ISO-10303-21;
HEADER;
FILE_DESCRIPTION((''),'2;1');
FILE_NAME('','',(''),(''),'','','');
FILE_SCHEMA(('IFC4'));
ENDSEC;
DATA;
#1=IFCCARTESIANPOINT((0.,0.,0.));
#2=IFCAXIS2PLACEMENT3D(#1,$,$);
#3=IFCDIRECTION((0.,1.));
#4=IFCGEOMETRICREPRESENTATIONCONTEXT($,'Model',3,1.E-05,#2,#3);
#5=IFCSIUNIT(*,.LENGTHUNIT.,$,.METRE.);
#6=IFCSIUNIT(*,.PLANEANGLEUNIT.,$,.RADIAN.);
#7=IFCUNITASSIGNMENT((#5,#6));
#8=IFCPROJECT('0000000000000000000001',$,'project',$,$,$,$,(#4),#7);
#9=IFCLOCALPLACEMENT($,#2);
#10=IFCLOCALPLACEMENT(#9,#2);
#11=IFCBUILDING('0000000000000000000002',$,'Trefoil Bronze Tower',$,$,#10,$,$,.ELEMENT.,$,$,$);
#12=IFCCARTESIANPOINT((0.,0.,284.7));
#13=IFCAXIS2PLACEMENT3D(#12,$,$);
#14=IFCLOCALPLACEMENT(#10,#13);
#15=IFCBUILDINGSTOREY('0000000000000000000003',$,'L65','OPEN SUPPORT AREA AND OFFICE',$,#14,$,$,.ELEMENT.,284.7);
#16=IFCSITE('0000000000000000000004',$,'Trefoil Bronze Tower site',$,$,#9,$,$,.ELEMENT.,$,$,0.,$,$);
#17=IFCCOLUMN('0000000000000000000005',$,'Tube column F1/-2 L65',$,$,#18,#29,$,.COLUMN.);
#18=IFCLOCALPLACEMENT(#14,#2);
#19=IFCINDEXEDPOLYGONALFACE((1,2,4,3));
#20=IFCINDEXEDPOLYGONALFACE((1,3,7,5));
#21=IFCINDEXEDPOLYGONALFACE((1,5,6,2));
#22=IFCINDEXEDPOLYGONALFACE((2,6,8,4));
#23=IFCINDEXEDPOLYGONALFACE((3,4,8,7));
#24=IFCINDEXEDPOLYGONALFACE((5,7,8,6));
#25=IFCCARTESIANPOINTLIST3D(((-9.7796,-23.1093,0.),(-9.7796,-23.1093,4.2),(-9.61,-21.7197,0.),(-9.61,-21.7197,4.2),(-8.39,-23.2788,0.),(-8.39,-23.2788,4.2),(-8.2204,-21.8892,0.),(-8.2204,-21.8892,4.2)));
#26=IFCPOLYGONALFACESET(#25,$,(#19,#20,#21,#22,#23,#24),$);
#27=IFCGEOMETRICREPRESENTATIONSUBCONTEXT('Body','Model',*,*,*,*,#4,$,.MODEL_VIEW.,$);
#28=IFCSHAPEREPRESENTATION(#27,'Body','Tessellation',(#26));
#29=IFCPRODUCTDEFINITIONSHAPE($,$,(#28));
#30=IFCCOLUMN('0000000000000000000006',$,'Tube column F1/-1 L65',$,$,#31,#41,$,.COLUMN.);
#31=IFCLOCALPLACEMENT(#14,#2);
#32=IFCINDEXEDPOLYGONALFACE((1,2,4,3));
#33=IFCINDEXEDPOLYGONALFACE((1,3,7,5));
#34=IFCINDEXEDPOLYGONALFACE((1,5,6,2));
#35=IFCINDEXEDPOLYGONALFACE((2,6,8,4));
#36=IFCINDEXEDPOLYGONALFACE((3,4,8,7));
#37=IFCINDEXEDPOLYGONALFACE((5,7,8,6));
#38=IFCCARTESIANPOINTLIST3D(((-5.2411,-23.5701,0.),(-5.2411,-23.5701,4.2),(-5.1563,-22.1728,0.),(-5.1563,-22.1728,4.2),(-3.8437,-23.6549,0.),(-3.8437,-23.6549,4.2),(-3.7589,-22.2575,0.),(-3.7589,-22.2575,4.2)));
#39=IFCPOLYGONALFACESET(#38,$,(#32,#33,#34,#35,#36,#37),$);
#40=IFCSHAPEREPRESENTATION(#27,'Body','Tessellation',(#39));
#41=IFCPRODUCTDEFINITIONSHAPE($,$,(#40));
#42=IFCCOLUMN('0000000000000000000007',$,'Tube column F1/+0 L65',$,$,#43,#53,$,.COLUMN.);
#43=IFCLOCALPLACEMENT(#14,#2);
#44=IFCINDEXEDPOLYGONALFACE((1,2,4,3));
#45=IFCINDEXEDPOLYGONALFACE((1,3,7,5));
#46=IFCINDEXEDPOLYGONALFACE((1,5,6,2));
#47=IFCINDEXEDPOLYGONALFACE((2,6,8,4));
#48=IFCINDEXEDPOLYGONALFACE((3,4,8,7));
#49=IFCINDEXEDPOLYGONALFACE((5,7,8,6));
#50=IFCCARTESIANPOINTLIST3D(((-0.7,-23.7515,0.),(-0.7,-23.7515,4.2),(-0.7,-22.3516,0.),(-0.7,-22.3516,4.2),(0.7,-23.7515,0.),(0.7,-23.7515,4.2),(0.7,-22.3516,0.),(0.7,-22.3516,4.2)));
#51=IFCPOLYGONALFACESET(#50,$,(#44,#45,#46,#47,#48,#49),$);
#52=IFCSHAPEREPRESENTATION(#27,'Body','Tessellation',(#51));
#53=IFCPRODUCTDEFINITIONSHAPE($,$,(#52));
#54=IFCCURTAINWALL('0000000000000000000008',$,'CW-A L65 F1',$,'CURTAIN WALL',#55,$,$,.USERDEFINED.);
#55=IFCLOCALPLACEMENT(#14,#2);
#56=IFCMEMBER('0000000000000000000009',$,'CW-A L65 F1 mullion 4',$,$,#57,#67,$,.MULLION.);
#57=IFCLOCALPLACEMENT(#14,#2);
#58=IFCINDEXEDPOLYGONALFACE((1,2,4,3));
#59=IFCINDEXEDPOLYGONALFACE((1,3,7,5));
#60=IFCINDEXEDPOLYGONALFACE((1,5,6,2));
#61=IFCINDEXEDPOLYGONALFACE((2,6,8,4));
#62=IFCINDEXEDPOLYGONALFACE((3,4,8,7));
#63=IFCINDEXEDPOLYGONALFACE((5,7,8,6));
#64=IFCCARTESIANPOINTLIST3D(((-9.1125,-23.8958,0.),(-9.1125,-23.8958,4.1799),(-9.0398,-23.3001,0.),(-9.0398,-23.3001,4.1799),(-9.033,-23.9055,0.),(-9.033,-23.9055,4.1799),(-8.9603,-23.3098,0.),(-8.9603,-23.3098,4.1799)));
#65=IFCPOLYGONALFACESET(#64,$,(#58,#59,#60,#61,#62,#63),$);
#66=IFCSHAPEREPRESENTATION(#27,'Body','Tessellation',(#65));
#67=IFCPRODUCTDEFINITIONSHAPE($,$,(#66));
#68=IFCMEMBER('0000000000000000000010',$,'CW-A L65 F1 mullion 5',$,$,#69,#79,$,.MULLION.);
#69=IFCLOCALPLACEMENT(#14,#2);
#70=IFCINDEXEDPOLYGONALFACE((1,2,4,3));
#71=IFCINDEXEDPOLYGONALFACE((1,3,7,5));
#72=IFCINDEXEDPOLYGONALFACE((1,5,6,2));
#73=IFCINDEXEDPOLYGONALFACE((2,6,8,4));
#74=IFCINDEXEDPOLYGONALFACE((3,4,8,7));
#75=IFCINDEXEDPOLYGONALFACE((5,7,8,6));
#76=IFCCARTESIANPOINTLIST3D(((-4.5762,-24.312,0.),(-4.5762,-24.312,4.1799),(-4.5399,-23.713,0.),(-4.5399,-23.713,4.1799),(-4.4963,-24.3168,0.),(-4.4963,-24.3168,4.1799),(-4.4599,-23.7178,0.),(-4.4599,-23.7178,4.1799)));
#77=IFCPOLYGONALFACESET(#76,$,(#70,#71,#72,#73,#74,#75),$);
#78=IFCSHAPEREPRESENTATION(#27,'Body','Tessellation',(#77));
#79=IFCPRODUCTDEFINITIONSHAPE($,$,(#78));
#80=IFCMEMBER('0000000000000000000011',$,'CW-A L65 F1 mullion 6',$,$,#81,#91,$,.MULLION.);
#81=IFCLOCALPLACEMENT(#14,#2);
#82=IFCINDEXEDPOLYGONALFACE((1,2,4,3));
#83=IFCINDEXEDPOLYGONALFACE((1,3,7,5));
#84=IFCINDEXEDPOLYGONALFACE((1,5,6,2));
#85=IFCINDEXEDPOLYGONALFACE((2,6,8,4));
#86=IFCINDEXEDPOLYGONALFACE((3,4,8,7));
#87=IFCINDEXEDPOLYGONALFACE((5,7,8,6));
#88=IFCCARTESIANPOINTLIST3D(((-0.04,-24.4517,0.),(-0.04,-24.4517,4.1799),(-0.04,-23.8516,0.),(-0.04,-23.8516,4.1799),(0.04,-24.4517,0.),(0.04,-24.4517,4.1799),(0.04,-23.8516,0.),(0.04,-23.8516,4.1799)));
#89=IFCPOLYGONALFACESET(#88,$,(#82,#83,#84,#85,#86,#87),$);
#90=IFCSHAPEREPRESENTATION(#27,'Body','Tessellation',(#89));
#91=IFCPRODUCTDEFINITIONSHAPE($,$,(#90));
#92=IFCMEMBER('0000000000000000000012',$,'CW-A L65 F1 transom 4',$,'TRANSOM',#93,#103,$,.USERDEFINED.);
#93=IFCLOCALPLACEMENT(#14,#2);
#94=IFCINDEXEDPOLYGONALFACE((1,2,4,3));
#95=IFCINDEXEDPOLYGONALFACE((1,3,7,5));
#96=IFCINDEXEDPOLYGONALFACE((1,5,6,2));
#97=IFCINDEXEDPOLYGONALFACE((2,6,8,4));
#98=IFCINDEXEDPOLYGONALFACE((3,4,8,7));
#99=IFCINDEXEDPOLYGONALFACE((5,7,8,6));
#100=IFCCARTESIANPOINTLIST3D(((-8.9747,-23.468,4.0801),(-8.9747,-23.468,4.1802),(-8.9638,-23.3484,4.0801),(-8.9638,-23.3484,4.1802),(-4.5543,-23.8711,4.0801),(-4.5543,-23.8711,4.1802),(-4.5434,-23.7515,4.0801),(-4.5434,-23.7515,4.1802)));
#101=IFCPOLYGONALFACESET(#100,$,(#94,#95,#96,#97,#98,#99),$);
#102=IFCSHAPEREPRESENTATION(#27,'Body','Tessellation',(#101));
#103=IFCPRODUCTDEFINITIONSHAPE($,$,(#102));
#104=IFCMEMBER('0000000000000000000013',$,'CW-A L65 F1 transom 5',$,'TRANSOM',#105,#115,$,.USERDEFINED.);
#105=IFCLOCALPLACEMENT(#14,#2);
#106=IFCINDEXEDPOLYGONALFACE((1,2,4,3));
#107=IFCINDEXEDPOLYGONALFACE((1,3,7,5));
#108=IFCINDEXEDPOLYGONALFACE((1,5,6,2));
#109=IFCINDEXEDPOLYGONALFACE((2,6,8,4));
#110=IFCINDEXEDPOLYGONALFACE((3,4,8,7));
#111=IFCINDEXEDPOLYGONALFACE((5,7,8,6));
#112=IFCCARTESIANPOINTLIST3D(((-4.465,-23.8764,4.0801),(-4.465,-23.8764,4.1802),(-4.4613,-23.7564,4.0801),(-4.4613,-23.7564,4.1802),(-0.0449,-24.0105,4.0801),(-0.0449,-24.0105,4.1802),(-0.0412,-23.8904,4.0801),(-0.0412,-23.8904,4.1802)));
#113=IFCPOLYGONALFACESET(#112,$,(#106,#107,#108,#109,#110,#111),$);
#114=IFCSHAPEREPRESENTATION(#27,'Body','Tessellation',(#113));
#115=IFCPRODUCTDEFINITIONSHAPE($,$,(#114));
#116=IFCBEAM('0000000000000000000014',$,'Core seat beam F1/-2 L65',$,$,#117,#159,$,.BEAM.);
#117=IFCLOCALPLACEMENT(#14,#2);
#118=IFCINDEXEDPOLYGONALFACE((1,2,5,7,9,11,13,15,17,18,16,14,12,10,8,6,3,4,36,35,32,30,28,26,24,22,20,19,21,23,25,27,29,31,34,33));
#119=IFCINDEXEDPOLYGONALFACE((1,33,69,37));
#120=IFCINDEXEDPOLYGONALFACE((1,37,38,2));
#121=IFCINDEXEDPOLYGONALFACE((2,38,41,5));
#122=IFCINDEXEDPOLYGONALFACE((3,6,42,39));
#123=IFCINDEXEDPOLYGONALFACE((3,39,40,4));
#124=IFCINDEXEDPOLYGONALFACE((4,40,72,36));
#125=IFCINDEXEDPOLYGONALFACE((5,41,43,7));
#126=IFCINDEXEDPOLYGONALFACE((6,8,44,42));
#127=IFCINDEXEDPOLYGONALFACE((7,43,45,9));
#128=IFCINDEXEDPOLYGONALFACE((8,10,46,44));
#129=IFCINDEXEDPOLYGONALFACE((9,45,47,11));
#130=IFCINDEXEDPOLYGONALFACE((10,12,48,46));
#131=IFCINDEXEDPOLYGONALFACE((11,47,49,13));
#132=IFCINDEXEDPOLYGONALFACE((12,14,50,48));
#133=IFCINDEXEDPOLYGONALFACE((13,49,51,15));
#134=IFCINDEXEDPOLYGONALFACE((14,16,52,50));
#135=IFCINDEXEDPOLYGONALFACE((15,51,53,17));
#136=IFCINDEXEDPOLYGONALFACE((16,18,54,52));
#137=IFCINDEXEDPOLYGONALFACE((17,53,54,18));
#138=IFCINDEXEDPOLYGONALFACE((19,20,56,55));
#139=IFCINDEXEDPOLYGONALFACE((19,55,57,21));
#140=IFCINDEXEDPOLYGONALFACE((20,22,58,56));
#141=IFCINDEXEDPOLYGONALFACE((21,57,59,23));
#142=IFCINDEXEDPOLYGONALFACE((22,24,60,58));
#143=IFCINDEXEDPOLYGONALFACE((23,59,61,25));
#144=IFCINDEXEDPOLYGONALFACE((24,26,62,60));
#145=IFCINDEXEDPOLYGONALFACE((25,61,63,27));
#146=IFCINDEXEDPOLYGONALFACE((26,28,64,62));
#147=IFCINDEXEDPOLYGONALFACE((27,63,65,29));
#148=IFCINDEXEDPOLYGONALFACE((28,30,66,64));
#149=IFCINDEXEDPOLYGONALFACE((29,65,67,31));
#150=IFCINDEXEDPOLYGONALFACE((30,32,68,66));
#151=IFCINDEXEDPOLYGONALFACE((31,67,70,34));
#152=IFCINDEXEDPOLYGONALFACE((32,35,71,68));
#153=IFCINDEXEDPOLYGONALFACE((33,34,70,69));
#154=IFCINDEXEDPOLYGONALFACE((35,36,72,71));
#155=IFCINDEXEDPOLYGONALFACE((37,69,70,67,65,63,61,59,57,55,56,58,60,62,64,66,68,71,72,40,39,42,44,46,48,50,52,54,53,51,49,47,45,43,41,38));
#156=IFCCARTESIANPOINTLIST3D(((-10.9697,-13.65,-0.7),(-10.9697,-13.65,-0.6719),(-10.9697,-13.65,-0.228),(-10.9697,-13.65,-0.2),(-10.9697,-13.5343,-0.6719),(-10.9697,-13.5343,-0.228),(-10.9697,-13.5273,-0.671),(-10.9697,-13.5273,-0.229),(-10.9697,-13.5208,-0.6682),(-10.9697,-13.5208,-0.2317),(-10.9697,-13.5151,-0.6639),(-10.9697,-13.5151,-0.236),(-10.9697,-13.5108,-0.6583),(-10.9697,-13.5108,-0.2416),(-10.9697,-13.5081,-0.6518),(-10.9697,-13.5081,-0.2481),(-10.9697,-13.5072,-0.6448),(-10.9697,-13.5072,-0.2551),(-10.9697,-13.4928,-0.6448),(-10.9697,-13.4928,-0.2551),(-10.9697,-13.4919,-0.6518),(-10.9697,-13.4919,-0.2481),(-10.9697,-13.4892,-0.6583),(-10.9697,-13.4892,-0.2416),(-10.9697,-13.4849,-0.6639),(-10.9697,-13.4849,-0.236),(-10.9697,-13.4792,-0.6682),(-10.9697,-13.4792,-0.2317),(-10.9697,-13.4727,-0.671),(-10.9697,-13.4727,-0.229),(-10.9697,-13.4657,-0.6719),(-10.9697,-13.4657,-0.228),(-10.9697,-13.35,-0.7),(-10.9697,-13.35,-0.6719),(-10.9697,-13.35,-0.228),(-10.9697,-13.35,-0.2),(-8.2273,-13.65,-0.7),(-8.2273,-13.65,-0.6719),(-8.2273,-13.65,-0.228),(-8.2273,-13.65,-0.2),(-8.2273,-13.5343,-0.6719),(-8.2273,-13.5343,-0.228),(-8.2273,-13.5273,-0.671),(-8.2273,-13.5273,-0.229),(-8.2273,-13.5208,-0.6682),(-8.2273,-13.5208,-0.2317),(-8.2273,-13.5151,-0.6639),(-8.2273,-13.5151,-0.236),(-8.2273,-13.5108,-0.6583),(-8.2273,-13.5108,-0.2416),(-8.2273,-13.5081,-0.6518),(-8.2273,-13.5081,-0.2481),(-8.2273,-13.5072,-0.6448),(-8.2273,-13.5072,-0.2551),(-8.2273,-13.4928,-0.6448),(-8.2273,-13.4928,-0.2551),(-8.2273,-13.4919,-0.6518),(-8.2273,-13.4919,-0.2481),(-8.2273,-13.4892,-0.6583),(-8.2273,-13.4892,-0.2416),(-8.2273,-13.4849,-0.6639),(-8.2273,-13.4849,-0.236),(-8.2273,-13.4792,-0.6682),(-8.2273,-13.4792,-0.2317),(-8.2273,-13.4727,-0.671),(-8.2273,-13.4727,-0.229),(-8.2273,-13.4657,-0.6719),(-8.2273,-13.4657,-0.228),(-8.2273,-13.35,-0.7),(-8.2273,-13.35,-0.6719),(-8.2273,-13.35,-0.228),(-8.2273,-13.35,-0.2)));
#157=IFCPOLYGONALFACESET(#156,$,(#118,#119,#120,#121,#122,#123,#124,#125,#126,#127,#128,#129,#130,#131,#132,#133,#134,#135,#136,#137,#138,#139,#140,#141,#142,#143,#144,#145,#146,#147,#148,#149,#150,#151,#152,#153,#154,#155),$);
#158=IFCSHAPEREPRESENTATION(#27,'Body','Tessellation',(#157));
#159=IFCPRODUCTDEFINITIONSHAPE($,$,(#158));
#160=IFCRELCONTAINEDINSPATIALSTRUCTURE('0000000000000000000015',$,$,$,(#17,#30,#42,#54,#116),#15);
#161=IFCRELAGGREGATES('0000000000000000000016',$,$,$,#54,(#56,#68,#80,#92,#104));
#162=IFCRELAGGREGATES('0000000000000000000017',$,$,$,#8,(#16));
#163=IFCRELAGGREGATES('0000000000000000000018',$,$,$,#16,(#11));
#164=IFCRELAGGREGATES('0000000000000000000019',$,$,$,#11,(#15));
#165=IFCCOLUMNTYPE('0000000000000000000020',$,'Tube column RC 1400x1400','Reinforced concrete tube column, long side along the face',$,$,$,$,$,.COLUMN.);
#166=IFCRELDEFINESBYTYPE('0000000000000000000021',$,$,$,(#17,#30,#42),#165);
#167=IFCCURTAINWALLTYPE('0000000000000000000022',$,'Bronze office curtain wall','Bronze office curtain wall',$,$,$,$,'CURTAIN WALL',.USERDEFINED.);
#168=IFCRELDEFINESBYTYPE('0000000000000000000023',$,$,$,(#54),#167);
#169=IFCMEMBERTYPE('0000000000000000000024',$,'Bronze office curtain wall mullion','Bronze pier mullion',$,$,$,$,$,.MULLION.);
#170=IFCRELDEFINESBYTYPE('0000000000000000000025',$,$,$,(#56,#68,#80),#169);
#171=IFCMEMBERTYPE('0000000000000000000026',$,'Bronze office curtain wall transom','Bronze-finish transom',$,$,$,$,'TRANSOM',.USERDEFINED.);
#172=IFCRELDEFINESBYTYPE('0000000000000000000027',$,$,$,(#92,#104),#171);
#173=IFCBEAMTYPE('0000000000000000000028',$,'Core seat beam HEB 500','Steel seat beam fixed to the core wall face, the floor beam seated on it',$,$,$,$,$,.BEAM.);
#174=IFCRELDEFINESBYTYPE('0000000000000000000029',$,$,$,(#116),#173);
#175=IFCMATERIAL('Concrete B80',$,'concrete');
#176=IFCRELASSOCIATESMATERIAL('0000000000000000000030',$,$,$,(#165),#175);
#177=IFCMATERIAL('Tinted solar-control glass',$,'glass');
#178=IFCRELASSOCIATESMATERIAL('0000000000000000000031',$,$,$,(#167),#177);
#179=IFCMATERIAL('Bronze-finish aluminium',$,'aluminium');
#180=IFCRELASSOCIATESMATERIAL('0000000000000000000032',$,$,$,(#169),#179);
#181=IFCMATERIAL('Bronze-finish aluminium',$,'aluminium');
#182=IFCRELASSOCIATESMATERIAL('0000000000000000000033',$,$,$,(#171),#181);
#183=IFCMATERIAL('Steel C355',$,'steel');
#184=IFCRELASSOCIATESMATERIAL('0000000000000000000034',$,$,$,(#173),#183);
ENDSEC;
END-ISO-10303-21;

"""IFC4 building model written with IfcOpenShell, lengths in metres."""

from ifc_helpers import new_model, si_unit, direction, frame, origin, origin_2d, place, context, subcontext, project, spatial, rectangle, i_section, extrude, material, material_profile, profile_set, type_object, element, aggregate, save


model = new_model("IFC4")

# Units and contexts
model_context = context("Model", 3, precision=1e-05, world=origin(), true_north=direction((0.0, 1.0)))
body_context = subcontext(model_context, "Body", "Model", "MODEL_VIEW")
ifc_project = project(units=[si_unit("LENGTHUNIT", "METRE"), si_unit("PLANEANGLEUNIT", "RADIAN")], contexts=[model_context])

# Site, building, storey
site_placement = place(None, origin())
site = spatial("IfcSite", under=ifc_project, at=site_placement, Name="Trefoil Bronze Tower site", CompositionType="ELEMENT", RefElevation=0.0)
building_placement = place(site_placement, origin())
building = spatial("IfcBuilding", under=site, at=building_placement, Name="Trefoil Bronze Tower", CompositionType="ELEMENT")
storey_placement = place(building_placement, frame((0.0, 0.0, 284.7)))
storey = spatial("IfcBuildingStorey", under=building, at=storey_placement, Name="L65", Description="OPEN SUPPORT AREA AND OFFICE", CompositionType="ELEMENT", Elevation=284.7)

# Columns
ifc_material_1 = material(Name="Concrete B80", Category="concrete")
ifc_material_profile_1 = material_profile(ifc_material_1, rectangle(XDim=1.3999, YDim=1.3999, at=origin_2d()), Name="RC 1400x1400")
ifc_profile_set_1 = profile_set([ifc_material_profile_1], Name="Concrete B80")
column_type = type_object("IfcColumnType", Name="Tube column RC 1400x1400", Description="Reinforced concrete tube column, long side along the face", PredefinedType="COLUMN", material=ifc_profile_set_1)
for number, where, z_axis, x_axis, name in (
    (1, (-9.0, -22.4993, 0.0), (0.0, 0.0, 1.0), (0.992639, -0.121109, 0.0), "Tube column F1/-2 L65"),
    (2, (-4.5, -22.9138, 0.0), (0.0, 0.0, 1.0), (0.998165, -0.060554, 0.0), "Tube column F1/-1 L65"),
    (3, (0.0, -23.0515, 0.0), (0.0, 0.0, 1.0), (1.0, 0.0, 0.0), "Tube column F1/+0 L65"),
):
    element("IfcColumn", number, at=place(storey_placement, frame(where, z_axis=z_axis, x_axis=x_axis)), inside=storey, type_object=column_type, Name=name, PredefinedType="COLUMN", context=body_context, shape_type="SweptSolid", body=[
        extrude(rectangle(XDim=1.3999, YDim=1.3999, at=origin_2d()), origin(), (0.0, 0.0, 1.0), 4.2),
    ])

# Curtain wall, members
ifc_material_2 = material(Name="Tinted solar-control glass", Category="glass")
curtain_wall_type = type_object("IfcCurtainWallType", Name="Bronze office curtain wall", Description="Bronze office curtain wall", ElementType="CURTAIN WALL", PredefinedType="USERDEFINED", material=ifc_material_2)
curtain_wall_placement = place(storey_placement, origin())
curtain_wall = element("IfcCurtainWall", 4, at=curtain_wall_placement, inside=storey, type_object=curtain_wall_type, Name="CW-A L65 F1", ObjectType="CURTAIN WALL", PredefinedType="USERDEFINED")
ifc_material_3 = material(Name="Bronze-finish aluminium", Category="aluminium")
ifc_material_profile_2 = material_profile(ifc_material_3, rectangle(XDim=0.6001, YDim=0.0801, at=origin_2d()), Name="CW-A mullion")
ifc_profile_set_2 = profile_set([ifc_material_profile_2], Name="Bronze-finish aluminium")
member_type_1 = type_object("IfcMemberType", Name="Bronze office curtain wall mullion", Description="Bronze pier mullion", PredefinedType="MULLION", material=ifc_profile_set_2)
member_1_placement = place(storey_placement, frame((-9.0364, -23.6028, 0.0), z_axis=(0.0, 0.0, 1.0), x_axis=(0.121109, 0.992639, 0.0)))
member_1 = element("IfcMember", 5, at=member_1_placement, type_object=member_type_1, Name="CW-A L65 F1 mullion 4", PredefinedType="MULLION", context=body_context, shape_type="SweptSolid", body=[
    extrude(rectangle(XDim=0.6001, YDim=0.0801, at=origin_2d()), origin(), (0.0, 0.0, 1.0), 4.1799),
])
member_2_placement = place(storey_placement, frame((-4.5181, -24.0149, 0.0), z_axis=(0.0, 0.0, 1.0), x_axis=(0.060554, 0.998165, 0.0)))
member_2 = element("IfcMember", 6, at=member_2_placement, type_object=member_type_1, Name="CW-A L65 F1 mullion 5", PredefinedType="MULLION", context=body_context, shape_type="SweptSolid", body=[
    extrude(rectangle(XDim=0.6001, YDim=0.0801, at=origin_2d()), origin(), (0.0, 0.0, 1.0), 4.1799),
])
member_3_placement = place(storey_placement, frame((0.0, -24.1516, 0.0), z_axis=(0.0, 0.0, 1.0), x_axis=(0.0, 1.0, 0.0)))
member_3 = element("IfcMember", 7, at=member_3_placement, type_object=member_type_1, Name="CW-A L65 F1 mullion 6", PredefinedType="MULLION", context=body_context, shape_type="SweptSolid", body=[
    extrude(rectangle(XDim=0.6001, YDim=0.0801, at=origin_2d()), origin(), (0.0, 0.0, 1.0), 4.1799),
])
ifc_material_4 = material(Name="Bronze-finish aluminium", Category="aluminium")
ifc_material_profile_3 = material_profile(ifc_material_4, rectangle(XDim=0.1201, YDim=0.1001, at=origin_2d()), Name="CW-A transom")
ifc_profile_set_3 = profile_set([ifc_material_profile_3], Name="Bronze-finish aluminium")
member_type_2 = type_object("IfcMemberType", Name="Bronze office curtain wall transom", Description="Bronze-finish transom", ElementType="TRANSOM", PredefinedType="USERDEFINED", material=ifc_profile_set_3)
member_4_placement = place(storey_placement, frame((-8.9692, -23.4082, 4.1301), z_axis=(0.995868, -0.090808, 0.0), x_axis=(0.090808, 0.995868, 0.0)))
member_4 = element("IfcMember", 8, at=member_4_placement, type_object=member_type_2, Name="CW-A L65 F1 transom 4", ObjectType="TRANSOM", PredefinedType="USERDEFINED", context=body_context, shape_type="SweptSolid", body=[
    extrude(rectangle(XDim=0.1201, YDim=0.1001, at=origin_2d()), origin(), (0.0, 0.0, 1.0), 4.4387),
])
member_5_placement = place(storey_placement, frame((-4.4631, -23.8164, 4.1301), z_axis=(0.999541, -0.030309, 0.0), x_axis=(0.030309, 0.999541, 0.0)))
member_5 = element("IfcMember", 9, at=member_5_placement, type_object=member_type_2, Name="CW-A L65 F1 transom 5", ObjectType="TRANSOM", PredefinedType="USERDEFINED", context=body_context, shape_type="SweptSolid", body=[
    extrude(rectangle(XDim=0.1201, YDim=0.1001, at=origin_2d()), origin(), (0.0, 0.0, 1.0), 4.4221),
])

# Beam
ifc_material_5 = material(Name="Steel C355", Category="steel")
ifc_material_profile_4 = material_profile(ifc_material_5, i_section(OverallWidth=0.3, OverallDepth=0.5, WebThickness=0.0144, FlangeThickness=0.0281, FilletRadius=0.0271, at=origin_2d()), Name="HEB 500")
ifc_profile_set_4 = profile_set([ifc_material_profile_4], Name="Steel C355")
beam_type_1 = type_object("IfcBeamType", Name="Core seat beam HEB 500", Description="Steel seat beam fixed to the core wall face, the floor beam seated on it", PredefinedType="BEAM", material=ifc_profile_set_4)
for number, where, z_axis, x_axis, name in (
    (10, (-10.9697, -13.5, -0.45), (1.0, 0.0, 0.0), (0.0, 1.0, 0.0), "Core seat beam F1/-2 L65"),
):
    element("IfcBeam", number, at=place(storey_placement, frame(where, z_axis=z_axis, x_axis=x_axis)), inside=storey, type_object=beam_type_1, Name=name, PredefinedType="BEAM", context=body_context, shape_type="SweptSolid", body=[
        extrude(i_section(OverallWidth=0.3, OverallDepth=0.5, WebThickness=0.0144, FlangeThickness=0.0281, FilletRadius=0.0271, at=origin_2d()), origin(), (0.0, 0.0, 1.0), 2.7424),
    ])

aggregate(curtain_wall, [member_1, member_2, member_3, member_4, member_5])

save(model, "model.ifc")
